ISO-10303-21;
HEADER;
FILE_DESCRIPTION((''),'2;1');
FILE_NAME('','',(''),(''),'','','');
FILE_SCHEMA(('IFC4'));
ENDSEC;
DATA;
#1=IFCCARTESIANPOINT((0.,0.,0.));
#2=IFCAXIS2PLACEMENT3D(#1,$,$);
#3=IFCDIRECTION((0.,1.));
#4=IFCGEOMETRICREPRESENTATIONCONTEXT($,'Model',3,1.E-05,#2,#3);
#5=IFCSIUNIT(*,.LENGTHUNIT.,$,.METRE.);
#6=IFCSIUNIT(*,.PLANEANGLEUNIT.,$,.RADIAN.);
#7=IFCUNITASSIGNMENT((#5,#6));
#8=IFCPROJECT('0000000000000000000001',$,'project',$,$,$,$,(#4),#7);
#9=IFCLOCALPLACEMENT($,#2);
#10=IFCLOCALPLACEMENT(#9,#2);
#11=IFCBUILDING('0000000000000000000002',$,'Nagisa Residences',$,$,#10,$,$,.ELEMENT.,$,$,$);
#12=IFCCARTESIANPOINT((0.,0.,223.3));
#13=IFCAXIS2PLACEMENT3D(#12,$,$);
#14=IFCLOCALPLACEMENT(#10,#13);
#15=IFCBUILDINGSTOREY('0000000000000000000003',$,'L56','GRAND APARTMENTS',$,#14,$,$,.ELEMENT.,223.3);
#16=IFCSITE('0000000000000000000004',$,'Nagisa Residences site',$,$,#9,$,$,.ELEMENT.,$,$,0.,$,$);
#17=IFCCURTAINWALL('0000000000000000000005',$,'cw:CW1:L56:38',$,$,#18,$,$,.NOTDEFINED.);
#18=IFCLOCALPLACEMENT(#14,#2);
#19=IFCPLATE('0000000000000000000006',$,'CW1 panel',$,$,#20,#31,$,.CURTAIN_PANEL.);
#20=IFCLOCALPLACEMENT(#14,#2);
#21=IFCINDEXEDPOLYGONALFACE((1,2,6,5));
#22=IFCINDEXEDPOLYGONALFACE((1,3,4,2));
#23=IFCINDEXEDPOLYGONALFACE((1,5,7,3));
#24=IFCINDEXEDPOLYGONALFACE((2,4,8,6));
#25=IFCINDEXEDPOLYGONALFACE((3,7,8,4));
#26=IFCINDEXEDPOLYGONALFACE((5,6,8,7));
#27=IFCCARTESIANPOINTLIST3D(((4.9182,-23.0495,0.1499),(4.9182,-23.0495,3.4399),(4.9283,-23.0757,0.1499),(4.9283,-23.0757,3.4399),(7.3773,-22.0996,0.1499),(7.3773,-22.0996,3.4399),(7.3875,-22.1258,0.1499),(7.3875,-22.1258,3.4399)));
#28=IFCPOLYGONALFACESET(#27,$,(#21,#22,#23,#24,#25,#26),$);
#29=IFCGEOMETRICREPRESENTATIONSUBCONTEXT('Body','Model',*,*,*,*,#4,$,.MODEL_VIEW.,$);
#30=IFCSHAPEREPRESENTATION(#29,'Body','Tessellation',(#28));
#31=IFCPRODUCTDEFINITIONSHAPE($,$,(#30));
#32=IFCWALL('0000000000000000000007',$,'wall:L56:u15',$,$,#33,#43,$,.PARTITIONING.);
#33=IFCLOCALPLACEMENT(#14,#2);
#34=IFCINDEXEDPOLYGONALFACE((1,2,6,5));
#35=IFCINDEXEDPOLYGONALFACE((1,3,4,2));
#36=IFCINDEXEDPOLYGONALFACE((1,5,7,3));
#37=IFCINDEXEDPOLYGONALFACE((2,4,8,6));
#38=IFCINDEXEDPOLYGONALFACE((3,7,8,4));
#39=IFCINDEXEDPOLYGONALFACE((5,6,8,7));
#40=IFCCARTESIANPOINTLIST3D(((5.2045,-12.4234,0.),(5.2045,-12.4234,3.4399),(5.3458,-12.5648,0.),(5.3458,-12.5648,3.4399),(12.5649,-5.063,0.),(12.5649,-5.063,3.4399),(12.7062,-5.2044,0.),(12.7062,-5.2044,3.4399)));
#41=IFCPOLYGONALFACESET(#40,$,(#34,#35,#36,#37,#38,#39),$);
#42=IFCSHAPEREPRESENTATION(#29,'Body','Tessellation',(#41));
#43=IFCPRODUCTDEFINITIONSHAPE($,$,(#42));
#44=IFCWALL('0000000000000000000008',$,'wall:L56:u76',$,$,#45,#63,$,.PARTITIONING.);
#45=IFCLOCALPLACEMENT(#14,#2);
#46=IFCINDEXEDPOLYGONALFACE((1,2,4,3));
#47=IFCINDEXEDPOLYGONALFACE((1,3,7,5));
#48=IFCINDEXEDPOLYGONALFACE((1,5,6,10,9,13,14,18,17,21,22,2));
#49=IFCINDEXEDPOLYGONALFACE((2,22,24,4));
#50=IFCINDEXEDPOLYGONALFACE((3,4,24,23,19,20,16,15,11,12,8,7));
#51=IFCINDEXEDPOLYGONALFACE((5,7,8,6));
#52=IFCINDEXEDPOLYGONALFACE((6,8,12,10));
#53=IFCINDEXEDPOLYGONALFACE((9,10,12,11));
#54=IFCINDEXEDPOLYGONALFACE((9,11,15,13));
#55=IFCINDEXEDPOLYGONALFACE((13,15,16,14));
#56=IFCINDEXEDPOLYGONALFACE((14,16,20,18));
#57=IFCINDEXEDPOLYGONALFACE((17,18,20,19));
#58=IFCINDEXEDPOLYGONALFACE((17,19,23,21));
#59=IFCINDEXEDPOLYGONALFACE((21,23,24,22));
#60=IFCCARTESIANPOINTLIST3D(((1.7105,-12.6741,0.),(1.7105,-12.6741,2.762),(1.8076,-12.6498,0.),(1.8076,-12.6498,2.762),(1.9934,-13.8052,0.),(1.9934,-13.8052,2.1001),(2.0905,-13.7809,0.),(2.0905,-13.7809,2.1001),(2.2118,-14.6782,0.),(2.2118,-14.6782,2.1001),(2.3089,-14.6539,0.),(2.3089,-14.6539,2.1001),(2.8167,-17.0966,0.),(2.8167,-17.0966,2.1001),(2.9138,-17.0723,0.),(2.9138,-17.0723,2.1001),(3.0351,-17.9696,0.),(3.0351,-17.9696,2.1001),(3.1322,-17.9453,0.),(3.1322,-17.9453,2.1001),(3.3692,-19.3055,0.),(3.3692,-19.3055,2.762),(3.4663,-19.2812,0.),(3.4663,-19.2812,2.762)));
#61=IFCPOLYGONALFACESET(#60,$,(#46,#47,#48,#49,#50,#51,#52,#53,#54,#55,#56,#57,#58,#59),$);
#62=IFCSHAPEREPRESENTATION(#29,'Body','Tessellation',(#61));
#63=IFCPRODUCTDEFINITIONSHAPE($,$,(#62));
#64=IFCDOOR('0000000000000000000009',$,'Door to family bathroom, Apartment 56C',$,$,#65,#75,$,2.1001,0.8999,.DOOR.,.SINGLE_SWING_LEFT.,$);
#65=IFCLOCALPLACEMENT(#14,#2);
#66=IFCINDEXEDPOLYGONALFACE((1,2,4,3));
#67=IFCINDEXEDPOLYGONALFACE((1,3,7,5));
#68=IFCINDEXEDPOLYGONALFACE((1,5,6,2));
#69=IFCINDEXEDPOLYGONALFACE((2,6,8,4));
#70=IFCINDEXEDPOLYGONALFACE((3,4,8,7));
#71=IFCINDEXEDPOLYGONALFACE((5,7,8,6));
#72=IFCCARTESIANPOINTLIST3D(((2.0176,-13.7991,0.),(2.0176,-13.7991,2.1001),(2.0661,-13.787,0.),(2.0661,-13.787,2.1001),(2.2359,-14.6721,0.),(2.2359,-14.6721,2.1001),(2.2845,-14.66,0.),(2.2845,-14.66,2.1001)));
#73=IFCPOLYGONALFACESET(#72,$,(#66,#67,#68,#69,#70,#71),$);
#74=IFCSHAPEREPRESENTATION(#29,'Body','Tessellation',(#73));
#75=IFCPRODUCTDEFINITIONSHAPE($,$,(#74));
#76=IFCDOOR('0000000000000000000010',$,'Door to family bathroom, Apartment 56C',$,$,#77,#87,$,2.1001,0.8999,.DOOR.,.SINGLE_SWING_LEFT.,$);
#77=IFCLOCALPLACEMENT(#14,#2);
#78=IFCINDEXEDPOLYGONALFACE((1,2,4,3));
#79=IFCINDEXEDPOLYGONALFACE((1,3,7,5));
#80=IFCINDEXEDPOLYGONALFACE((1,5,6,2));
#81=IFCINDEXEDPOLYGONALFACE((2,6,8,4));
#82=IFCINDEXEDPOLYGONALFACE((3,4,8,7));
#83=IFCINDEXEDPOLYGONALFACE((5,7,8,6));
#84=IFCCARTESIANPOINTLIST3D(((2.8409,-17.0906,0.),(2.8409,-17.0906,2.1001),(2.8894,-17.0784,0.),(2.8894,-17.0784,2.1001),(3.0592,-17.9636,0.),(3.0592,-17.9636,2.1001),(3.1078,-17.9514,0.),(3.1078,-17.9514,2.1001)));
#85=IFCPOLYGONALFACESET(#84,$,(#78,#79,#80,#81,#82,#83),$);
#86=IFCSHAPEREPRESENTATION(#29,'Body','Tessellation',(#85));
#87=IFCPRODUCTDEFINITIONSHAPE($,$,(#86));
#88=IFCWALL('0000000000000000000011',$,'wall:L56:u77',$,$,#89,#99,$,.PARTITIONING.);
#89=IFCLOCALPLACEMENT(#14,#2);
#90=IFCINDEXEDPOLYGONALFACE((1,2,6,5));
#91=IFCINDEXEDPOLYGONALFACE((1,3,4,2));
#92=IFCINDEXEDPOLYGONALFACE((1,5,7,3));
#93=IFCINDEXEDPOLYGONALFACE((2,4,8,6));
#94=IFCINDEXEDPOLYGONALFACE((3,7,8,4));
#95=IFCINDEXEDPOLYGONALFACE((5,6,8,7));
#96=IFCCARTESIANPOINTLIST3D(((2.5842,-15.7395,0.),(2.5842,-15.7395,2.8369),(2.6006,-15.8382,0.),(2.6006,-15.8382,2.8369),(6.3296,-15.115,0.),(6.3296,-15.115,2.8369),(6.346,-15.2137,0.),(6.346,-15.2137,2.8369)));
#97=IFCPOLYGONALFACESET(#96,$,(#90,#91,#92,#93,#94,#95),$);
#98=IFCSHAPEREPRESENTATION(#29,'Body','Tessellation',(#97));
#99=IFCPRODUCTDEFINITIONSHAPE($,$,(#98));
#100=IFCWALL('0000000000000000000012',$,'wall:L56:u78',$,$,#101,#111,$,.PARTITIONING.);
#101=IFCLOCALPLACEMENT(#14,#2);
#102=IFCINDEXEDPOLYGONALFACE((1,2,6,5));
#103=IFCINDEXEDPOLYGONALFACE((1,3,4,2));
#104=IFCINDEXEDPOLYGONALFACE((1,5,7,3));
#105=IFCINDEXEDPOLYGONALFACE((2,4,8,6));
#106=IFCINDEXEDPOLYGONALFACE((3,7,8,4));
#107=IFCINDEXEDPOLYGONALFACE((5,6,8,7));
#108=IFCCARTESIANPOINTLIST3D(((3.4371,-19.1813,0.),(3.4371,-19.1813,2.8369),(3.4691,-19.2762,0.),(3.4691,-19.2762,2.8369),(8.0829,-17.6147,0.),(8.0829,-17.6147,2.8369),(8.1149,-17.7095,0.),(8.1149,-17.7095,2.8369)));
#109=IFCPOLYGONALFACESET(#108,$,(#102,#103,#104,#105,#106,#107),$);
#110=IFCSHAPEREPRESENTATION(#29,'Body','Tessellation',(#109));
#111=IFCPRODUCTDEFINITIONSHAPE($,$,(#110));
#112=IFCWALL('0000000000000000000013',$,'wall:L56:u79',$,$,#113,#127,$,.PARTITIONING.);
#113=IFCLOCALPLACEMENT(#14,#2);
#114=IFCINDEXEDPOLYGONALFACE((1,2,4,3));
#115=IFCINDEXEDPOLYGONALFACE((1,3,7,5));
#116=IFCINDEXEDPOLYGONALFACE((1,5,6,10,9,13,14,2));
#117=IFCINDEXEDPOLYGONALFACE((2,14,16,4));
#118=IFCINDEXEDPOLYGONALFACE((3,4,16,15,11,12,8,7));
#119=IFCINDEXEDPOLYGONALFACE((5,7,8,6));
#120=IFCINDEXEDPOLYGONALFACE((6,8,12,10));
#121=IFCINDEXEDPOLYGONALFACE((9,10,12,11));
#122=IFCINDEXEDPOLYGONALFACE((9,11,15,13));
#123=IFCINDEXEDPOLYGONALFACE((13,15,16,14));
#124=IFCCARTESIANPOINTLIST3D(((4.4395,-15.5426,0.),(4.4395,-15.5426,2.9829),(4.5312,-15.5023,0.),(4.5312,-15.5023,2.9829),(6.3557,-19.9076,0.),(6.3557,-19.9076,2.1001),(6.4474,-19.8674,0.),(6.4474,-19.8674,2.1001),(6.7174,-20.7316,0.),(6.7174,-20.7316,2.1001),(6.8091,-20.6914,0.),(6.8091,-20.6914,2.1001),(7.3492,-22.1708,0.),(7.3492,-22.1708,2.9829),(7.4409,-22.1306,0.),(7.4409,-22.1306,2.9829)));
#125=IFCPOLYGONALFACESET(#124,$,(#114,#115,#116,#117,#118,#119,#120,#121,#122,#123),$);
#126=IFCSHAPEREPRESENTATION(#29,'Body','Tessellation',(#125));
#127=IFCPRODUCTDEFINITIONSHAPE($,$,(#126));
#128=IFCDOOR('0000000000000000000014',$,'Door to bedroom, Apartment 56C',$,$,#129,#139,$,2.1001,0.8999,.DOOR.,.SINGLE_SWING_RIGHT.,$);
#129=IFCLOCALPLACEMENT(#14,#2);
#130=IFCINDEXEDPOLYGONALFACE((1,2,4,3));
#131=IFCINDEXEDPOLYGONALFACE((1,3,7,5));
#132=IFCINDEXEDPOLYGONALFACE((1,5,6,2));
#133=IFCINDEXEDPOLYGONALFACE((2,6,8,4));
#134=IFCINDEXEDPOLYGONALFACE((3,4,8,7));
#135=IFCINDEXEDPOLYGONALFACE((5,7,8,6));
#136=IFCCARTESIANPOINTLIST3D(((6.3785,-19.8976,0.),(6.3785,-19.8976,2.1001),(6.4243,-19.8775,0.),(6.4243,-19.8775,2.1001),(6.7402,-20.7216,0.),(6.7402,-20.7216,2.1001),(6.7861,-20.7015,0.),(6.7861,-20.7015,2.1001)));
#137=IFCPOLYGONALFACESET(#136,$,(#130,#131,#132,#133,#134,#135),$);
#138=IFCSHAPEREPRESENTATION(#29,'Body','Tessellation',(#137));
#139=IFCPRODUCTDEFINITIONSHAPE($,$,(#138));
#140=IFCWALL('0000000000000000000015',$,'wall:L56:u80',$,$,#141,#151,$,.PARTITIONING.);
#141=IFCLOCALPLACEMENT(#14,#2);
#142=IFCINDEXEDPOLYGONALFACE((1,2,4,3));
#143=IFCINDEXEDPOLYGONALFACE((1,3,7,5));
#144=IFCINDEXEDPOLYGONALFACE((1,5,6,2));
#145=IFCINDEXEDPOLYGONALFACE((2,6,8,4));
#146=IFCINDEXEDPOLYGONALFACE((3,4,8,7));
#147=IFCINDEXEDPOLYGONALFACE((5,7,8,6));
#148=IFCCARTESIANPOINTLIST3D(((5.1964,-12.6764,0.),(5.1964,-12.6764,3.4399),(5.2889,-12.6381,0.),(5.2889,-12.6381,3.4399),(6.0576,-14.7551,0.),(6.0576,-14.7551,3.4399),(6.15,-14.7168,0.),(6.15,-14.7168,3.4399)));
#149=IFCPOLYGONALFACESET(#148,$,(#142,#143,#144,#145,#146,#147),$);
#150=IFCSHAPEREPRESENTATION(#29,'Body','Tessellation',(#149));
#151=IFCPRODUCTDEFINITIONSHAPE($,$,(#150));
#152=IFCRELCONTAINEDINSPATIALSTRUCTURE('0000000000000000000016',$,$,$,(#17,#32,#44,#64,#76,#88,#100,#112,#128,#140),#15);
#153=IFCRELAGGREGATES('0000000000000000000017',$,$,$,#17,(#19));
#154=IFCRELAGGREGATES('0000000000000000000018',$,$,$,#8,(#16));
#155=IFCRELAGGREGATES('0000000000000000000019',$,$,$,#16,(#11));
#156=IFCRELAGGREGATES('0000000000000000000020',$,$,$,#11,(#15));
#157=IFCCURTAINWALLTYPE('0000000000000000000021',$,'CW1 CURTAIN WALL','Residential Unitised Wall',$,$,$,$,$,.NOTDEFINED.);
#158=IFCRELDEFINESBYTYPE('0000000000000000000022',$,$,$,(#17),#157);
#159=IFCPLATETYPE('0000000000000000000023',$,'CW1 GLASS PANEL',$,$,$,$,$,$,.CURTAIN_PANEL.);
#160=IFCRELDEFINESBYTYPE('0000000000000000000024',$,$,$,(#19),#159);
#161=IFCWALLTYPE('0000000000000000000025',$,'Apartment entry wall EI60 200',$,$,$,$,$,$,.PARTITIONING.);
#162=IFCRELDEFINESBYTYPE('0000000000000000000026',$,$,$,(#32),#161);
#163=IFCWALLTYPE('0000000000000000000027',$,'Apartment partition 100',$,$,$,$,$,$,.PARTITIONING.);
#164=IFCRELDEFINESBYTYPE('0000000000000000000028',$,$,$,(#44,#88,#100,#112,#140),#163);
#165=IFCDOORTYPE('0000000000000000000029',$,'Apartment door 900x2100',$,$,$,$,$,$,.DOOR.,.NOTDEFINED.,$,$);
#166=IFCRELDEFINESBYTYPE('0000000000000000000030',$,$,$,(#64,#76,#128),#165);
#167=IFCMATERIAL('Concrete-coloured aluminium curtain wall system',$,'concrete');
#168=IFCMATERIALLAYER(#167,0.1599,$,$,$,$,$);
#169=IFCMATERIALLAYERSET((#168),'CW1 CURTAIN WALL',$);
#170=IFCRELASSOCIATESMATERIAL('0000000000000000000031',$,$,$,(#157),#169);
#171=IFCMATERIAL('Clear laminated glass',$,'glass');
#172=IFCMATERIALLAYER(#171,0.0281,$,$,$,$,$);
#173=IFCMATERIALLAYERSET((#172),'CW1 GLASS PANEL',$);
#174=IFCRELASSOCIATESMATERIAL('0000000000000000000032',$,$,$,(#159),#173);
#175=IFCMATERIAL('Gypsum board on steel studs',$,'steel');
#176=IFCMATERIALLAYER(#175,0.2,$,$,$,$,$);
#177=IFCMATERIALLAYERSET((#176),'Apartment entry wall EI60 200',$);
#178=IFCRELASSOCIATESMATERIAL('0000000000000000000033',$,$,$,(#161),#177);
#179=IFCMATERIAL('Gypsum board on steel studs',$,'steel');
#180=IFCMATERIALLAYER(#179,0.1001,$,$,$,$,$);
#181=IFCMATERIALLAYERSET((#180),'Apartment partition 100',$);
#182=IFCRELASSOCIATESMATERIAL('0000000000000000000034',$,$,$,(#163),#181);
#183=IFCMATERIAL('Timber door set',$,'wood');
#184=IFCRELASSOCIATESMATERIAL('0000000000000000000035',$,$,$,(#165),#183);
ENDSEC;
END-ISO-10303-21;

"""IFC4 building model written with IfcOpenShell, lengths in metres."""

from ifc_helpers import new_model, si_unit, direction, frame, frame_2d, origin, origin_2d, place, context, subcontext, project, spatial, rectangle, extrude, material, layer, layer_set, type_object, element, fill, aggregate, save


model = new_model("IFC4")

# Units and contexts
model_context = context("Model", 3, precision=1e-05, world=origin(), true_north=direction((0.0, 1.0)))
body_context = subcontext(model_context, "Body", "Model", "MODEL_VIEW")
ifc_project = project(units=[si_unit("LENGTHUNIT", "METRE"), si_unit("PLANEANGLEUNIT", "RADIAN")], contexts=[model_context])

# Site, building, storey
site_placement = place(None, origin())
site = spatial("IfcSite", under=ifc_project, at=site_placement, Name="Nagisa Residences site", CompositionType="ELEMENT", RefElevation=0.0)
building_placement = place(site_placement, origin())
building = spatial("IfcBuilding", under=site, at=building_placement, Name="Nagisa Residences", CompositionType="ELEMENT")
storey_placement = place(building_placement, frame((0.0, 0.0, 223.3)))
storey = spatial("IfcBuildingStorey", under=building, at=storey_placement, Name="L56", Description="GRAND APARTMENTS", CompositionType="ELEMENT", Elevation=223.3)

# Curtain wall
ifc_material_1 = material(Name="Concrete-coloured aluminium curtain wall system", Category="concrete")
ifc_layer_1 = layer(ifc_material_1, 0.1599)
ifc_layer_set_1 = layer_set([ifc_layer_1], Name="CW1 CURTAIN WALL")
curtain_wall_type = type_object("IfcCurtainWallType", Name="CW1 CURTAIN WALL", Description="Residential Unitised Wall", PredefinedType="NOTDEFINED", material=ifc_layer_set_1)
curtain_wall_1_placement = place(storey_placement, origin())
curtain_wall_1 = element("IfcCurtainWall", 1, at=curtain_wall_1_placement, inside=storey, type_object=curtain_wall_type, Name="cw:CW1:L56:38", PredefinedType="NOTDEFINED")

# Shared definitions
ifc_material_2 = material(Name="Clear laminated glass", Category="glass")
ifc_layer_2 = layer(ifc_material_2, 0.0281)
ifc_layer_set_2 = layer_set([ifc_layer_2], Name="CW1 GLASS PANEL")
plate_type = type_object("IfcPlateType", Name="CW1 GLASS PANEL", PredefinedType="CURTAIN_PANEL", material=ifc_layer_set_2)

# Plate
plate_1_placement = place(storey_placement, frame((6.1528, -22.5876, 0.1499), z_axis=(0.0, 0.0, 1.0), x_axis=(0.932826, 0.360328, 0.0)))
plate_1 = element("IfcPlate", 2, at=plate_1_placement, type_object=plate_type, Name="CW1 panel", PredefinedType="CURTAIN_PANEL", context=body_context, shape_type="SweptSolid", body=[
    extrude(rectangle(XDim=2.6362, YDim=0.0281, at=origin_2d()), origin(), (0.0, 0.0, 1.0), 3.29),
])
aggregate(curtain_wall_1, [plate_1])

# Wall
ifc_material_3 = material(Name="Gypsum board on steel studs", Category="steel")
ifc_layer_3 = layer(ifc_material_3, 0.2)
ifc_layer_set_3 = layer_set([ifc_layer_3], Name="Apartment entry wall EI60 200")
wall_type_1 = type_object("IfcWallType", Name="Apartment entry wall EI60 200", PredefinedType="PARTITIONING", material=ifc_layer_set_3)
wall_1_placement = place(storey_placement, frame((5.2751, -12.4941, 0.0), z_axis=(0.0, 0.0, 1.0), x_axis=(0.707107, 0.707107, 0.0)))
element("IfcWall", 3, at=wall_1_placement, inside=storey, type_object=wall_type_1, Name="wall:L56:u15", PredefinedType="PARTITIONING", context=body_context, shape_type="SweptSolid", body=[
    extrude(rectangle(XDim=10.4092, YDim=0.2, at=frame_2d((5.2046, 0.0))), origin(), (0.0, 0.0, 1.0), 3.4399),
])

# Wall, openings, doors
ifc_material_4 = material(Name="Gypsum board on steel studs", Category="steel")
ifc_layer_4 = layer(ifc_material_4, 0.1001)
ifc_layer_set_4 = layer_set([ifc_layer_4], Name="Apartment partition 100")
wall_type_2 = type_object("IfcWallType", Name="Apartment partition 100", PredefinedType="PARTITIONING", material=ifc_layer_set_4)
wall_2_placement = place(storey_placement, frame((1.759, -12.6619, 0.0), z_axis=(0.0, 0.0, 1.0), x_axis=(0.242653, -0.970113, 0.0)))
wall_2 = element("IfcWall", 4, at=wall_2_placement, inside=storey, type_object=wall_type_2, Name="wall:L56:u76", PredefinedType="PARTITIONING", context=body_context, shape_type="SweptSolid", body=[
    extrude(rectangle(XDim=6.8357, YDim=0.1001, at=frame_2d((3.418, 0.0))), origin(), (0.0, 0.0, 1.0), 2.762),
])
opening_1_placement = place(wall_2_placement, frame((1.166, 0.0, 0.0)))
opening_1 = element("IfcOpeningElement", 5, at=opening_1_placement, cuts=wall_2, PredefinedType="OPENING", context=body_context, shape_type="SweptSolid", body=[
    extrude(rectangle(XDim=0.8999, YDim=2.1001, at=frame_2d((0.45, 1.05))), frame((0.0, 0.0601, 0.0), z_axis=(0.0, -1.0, 0.0), x_axis=(1.0, 0.0, 0.0)), (0.0, 0.0, 1.0), 0.1201),
])
opening_2_placement = place(wall_2_placement, frame((4.5588, 0.0, 0.0)))
opening_2 = element("IfcOpeningElement", 6, at=opening_2_placement, cuts=wall_2, PredefinedType="OPENING", context=body_context, shape_type="SweptSolid", body=[
    extrude(rectangle(XDim=0.8999, YDim=2.1001, at=frame_2d((0.45, 1.05))), frame((0.0, 0.0601, 0.0), z_axis=(0.0, -1.0, 0.0), x_axis=(1.0, 0.0, 0.0)), (0.0, 0.0, 1.0), 0.1201),
])
ifc_material_5 = material(Name="Timber door set", Category="wood")
door_type_1 = type_object("IfcDoorType", Name="Apartment door 900x2100", OperationType="NOTDEFINED", PredefinedType="DOOR", material=ifc_material_5)
door_1_placement = place(opening_1_placement, origin())
door_1 = element("IfcDoor", 7, at=door_1_placement, inside=storey, type_object=door_type_1, Name="Door to family bathroom, Apartment 56C", OperationType="SINGLE_SWING_LEFT", OverallHeight=2.1001, OverallWidth=0.8999, PredefinedType="DOOR", context=body_context, shape_type="SweptSolid", body=[
    extrude(rectangle(XDim=0.8999, YDim=2.1001, at=frame_2d((0.45, 1.05))), frame((0.0, 0.0249, 0.0), z_axis=(0.0, -1.0, 0.0), x_axis=(1.0, 0.0, 0.0)), (0.0, 0.0, 1.0), 0.05),
])
fill(opening_1, door_1)
door_2_placement = place(opening_2_placement, origin())
door_2 = element("IfcDoor", 8, at=door_2_placement, inside=storey, type_object=door_type_1, Name="Door to family bathroom, Apartment 56C", OperationType="SINGLE_SWING_LEFT", OverallHeight=2.1001, OverallWidth=0.8999, PredefinedType="DOOR", context=body_context, shape_type="SweptSolid", body=[
    extrude(rectangle(XDim=0.8999, YDim=2.1001, at=frame_2d((0.45, 1.05))), frame((0.0, 0.0249, 0.0), z_axis=(0.0, -1.0, 0.0), x_axis=(1.0, 0.0, 0.0)), (0.0, 0.0, 1.0), 0.05),
])
fill(opening_2, door_2)

# Walls
wall_3_placement = place(storey_placement, frame((2.5925, -15.7888, 0.0), z_axis=(0.0, 0.0, 1.0), x_axis=(0.986382, 0.164472, 0.0)))
element("IfcWall", 9, at=wall_3_placement, inside=storey, type_object=wall_type_2, Name="wall:L56:u77", PredefinedType="PARTITIONING", context=body_context, shape_type="SweptSolid", body=[
    extrude(rectangle(XDim=3.7971, YDim=0.1001, at=frame_2d((1.8984, 0.0))), origin(), (0.0, 0.0, 1.0), 2.8369),
])
wall_4_placement = place(storey_placement, frame((3.4531, -19.2288, 0.0), z_axis=(0.0, 0.0, 1.0), x_axis=(0.947572, 0.319542, 0.0)))
element("IfcWall", 10, at=wall_4_placement, inside=storey, type_object=wall_type_2, Name="wall:L56:u78", PredefinedType="PARTITIONING", context=body_context, shape_type="SweptSolid", body=[
    extrude(rectangle(XDim=4.9028, YDim=0.1001, at=frame_2d((2.4514, 0.0))), origin(), (0.0, 0.0, 1.0), 2.8369),
])

# Wall, opening, door
wall_5_placement = place(storey_placement, frame((4.4854, -15.5225, 0.0), z_axis=(0.0, 0.0, 1.0), x_axis=(0.40196, -0.915657, 0.0)))
wall_5 = element("IfcWall", 11, at=wall_5_placement, inside=storey, type_object=wall_type_2, Name="wall:L56:u79", PredefinedType="PARTITIONING", context=body_context, shape_type="SweptSolid", body=[
    extrude(rectangle(XDim=7.2388, YDim=0.1001, at=frame_2d((3.6194, 0.0))), origin(), (0.0, 0.0, 1.0), 2.9829),
])
opening_3_placement = place(wall_5_placement, frame((4.7671, 0.0, 0.0)))
opening_3 = element("IfcOpeningElement", 12, at=opening_3_placement, cuts=wall_5, PredefinedType="OPENING", context=body_context, shape_type="SweptSolid", body=[
    extrude(rectangle(XDim=0.8999, YDim=2.1001, at=frame_2d((0.45, 1.05))), frame((0.0, 0.0601, 0.0), z_axis=(0.0, -1.0, 0.0), x_axis=(1.0, 0.0, 0.0)), (0.0, 0.0, 1.0), 0.1201),
])
door_3_placement = place(opening_3_placement, origin())
door_3 = element("IfcDoor", 13, at=door_3_placement, inside=storey, type_object=door_type_1, Name="Door to bedroom, Apartment 56C", OperationType="SINGLE_SWING_RIGHT", OverallHeight=2.1001, OverallWidth=0.8999, PredefinedType="DOOR", context=body_context, shape_type="SweptSolid", body=[
    extrude(rectangle(XDim=0.8999, YDim=2.1001, at=frame_2d((0.45, 1.05))), frame((0.0, 0.0249, 0.0), z_axis=(0.0, -1.0, 0.0), x_axis=(1.0, 0.0, 0.0)), (0.0, 0.0, 1.0), 0.05),
])
fill(opening_3, door_3)

# Wall
wall_6_placement = place(storey_placement, frame((5.2427, -12.6572, 0.0), z_axis=(0.0, 0.0, 1.0), x_axis=(0.382719, -0.923865, 0.0)))
element("IfcWall", 14, at=wall_6_placement, inside=storey, type_object=wall_type_2, Name="wall:L56:u80", PredefinedType="PARTITIONING", context=body_context, shape_type="SweptSolid", body=[
    extrude(rectangle(XDim=2.25, YDim=0.1001, at=frame_2d((1.125, 0.0))), origin(), (0.0, 0.0, 1.0), 3.4399),
])

save(model, "model.ifc")
